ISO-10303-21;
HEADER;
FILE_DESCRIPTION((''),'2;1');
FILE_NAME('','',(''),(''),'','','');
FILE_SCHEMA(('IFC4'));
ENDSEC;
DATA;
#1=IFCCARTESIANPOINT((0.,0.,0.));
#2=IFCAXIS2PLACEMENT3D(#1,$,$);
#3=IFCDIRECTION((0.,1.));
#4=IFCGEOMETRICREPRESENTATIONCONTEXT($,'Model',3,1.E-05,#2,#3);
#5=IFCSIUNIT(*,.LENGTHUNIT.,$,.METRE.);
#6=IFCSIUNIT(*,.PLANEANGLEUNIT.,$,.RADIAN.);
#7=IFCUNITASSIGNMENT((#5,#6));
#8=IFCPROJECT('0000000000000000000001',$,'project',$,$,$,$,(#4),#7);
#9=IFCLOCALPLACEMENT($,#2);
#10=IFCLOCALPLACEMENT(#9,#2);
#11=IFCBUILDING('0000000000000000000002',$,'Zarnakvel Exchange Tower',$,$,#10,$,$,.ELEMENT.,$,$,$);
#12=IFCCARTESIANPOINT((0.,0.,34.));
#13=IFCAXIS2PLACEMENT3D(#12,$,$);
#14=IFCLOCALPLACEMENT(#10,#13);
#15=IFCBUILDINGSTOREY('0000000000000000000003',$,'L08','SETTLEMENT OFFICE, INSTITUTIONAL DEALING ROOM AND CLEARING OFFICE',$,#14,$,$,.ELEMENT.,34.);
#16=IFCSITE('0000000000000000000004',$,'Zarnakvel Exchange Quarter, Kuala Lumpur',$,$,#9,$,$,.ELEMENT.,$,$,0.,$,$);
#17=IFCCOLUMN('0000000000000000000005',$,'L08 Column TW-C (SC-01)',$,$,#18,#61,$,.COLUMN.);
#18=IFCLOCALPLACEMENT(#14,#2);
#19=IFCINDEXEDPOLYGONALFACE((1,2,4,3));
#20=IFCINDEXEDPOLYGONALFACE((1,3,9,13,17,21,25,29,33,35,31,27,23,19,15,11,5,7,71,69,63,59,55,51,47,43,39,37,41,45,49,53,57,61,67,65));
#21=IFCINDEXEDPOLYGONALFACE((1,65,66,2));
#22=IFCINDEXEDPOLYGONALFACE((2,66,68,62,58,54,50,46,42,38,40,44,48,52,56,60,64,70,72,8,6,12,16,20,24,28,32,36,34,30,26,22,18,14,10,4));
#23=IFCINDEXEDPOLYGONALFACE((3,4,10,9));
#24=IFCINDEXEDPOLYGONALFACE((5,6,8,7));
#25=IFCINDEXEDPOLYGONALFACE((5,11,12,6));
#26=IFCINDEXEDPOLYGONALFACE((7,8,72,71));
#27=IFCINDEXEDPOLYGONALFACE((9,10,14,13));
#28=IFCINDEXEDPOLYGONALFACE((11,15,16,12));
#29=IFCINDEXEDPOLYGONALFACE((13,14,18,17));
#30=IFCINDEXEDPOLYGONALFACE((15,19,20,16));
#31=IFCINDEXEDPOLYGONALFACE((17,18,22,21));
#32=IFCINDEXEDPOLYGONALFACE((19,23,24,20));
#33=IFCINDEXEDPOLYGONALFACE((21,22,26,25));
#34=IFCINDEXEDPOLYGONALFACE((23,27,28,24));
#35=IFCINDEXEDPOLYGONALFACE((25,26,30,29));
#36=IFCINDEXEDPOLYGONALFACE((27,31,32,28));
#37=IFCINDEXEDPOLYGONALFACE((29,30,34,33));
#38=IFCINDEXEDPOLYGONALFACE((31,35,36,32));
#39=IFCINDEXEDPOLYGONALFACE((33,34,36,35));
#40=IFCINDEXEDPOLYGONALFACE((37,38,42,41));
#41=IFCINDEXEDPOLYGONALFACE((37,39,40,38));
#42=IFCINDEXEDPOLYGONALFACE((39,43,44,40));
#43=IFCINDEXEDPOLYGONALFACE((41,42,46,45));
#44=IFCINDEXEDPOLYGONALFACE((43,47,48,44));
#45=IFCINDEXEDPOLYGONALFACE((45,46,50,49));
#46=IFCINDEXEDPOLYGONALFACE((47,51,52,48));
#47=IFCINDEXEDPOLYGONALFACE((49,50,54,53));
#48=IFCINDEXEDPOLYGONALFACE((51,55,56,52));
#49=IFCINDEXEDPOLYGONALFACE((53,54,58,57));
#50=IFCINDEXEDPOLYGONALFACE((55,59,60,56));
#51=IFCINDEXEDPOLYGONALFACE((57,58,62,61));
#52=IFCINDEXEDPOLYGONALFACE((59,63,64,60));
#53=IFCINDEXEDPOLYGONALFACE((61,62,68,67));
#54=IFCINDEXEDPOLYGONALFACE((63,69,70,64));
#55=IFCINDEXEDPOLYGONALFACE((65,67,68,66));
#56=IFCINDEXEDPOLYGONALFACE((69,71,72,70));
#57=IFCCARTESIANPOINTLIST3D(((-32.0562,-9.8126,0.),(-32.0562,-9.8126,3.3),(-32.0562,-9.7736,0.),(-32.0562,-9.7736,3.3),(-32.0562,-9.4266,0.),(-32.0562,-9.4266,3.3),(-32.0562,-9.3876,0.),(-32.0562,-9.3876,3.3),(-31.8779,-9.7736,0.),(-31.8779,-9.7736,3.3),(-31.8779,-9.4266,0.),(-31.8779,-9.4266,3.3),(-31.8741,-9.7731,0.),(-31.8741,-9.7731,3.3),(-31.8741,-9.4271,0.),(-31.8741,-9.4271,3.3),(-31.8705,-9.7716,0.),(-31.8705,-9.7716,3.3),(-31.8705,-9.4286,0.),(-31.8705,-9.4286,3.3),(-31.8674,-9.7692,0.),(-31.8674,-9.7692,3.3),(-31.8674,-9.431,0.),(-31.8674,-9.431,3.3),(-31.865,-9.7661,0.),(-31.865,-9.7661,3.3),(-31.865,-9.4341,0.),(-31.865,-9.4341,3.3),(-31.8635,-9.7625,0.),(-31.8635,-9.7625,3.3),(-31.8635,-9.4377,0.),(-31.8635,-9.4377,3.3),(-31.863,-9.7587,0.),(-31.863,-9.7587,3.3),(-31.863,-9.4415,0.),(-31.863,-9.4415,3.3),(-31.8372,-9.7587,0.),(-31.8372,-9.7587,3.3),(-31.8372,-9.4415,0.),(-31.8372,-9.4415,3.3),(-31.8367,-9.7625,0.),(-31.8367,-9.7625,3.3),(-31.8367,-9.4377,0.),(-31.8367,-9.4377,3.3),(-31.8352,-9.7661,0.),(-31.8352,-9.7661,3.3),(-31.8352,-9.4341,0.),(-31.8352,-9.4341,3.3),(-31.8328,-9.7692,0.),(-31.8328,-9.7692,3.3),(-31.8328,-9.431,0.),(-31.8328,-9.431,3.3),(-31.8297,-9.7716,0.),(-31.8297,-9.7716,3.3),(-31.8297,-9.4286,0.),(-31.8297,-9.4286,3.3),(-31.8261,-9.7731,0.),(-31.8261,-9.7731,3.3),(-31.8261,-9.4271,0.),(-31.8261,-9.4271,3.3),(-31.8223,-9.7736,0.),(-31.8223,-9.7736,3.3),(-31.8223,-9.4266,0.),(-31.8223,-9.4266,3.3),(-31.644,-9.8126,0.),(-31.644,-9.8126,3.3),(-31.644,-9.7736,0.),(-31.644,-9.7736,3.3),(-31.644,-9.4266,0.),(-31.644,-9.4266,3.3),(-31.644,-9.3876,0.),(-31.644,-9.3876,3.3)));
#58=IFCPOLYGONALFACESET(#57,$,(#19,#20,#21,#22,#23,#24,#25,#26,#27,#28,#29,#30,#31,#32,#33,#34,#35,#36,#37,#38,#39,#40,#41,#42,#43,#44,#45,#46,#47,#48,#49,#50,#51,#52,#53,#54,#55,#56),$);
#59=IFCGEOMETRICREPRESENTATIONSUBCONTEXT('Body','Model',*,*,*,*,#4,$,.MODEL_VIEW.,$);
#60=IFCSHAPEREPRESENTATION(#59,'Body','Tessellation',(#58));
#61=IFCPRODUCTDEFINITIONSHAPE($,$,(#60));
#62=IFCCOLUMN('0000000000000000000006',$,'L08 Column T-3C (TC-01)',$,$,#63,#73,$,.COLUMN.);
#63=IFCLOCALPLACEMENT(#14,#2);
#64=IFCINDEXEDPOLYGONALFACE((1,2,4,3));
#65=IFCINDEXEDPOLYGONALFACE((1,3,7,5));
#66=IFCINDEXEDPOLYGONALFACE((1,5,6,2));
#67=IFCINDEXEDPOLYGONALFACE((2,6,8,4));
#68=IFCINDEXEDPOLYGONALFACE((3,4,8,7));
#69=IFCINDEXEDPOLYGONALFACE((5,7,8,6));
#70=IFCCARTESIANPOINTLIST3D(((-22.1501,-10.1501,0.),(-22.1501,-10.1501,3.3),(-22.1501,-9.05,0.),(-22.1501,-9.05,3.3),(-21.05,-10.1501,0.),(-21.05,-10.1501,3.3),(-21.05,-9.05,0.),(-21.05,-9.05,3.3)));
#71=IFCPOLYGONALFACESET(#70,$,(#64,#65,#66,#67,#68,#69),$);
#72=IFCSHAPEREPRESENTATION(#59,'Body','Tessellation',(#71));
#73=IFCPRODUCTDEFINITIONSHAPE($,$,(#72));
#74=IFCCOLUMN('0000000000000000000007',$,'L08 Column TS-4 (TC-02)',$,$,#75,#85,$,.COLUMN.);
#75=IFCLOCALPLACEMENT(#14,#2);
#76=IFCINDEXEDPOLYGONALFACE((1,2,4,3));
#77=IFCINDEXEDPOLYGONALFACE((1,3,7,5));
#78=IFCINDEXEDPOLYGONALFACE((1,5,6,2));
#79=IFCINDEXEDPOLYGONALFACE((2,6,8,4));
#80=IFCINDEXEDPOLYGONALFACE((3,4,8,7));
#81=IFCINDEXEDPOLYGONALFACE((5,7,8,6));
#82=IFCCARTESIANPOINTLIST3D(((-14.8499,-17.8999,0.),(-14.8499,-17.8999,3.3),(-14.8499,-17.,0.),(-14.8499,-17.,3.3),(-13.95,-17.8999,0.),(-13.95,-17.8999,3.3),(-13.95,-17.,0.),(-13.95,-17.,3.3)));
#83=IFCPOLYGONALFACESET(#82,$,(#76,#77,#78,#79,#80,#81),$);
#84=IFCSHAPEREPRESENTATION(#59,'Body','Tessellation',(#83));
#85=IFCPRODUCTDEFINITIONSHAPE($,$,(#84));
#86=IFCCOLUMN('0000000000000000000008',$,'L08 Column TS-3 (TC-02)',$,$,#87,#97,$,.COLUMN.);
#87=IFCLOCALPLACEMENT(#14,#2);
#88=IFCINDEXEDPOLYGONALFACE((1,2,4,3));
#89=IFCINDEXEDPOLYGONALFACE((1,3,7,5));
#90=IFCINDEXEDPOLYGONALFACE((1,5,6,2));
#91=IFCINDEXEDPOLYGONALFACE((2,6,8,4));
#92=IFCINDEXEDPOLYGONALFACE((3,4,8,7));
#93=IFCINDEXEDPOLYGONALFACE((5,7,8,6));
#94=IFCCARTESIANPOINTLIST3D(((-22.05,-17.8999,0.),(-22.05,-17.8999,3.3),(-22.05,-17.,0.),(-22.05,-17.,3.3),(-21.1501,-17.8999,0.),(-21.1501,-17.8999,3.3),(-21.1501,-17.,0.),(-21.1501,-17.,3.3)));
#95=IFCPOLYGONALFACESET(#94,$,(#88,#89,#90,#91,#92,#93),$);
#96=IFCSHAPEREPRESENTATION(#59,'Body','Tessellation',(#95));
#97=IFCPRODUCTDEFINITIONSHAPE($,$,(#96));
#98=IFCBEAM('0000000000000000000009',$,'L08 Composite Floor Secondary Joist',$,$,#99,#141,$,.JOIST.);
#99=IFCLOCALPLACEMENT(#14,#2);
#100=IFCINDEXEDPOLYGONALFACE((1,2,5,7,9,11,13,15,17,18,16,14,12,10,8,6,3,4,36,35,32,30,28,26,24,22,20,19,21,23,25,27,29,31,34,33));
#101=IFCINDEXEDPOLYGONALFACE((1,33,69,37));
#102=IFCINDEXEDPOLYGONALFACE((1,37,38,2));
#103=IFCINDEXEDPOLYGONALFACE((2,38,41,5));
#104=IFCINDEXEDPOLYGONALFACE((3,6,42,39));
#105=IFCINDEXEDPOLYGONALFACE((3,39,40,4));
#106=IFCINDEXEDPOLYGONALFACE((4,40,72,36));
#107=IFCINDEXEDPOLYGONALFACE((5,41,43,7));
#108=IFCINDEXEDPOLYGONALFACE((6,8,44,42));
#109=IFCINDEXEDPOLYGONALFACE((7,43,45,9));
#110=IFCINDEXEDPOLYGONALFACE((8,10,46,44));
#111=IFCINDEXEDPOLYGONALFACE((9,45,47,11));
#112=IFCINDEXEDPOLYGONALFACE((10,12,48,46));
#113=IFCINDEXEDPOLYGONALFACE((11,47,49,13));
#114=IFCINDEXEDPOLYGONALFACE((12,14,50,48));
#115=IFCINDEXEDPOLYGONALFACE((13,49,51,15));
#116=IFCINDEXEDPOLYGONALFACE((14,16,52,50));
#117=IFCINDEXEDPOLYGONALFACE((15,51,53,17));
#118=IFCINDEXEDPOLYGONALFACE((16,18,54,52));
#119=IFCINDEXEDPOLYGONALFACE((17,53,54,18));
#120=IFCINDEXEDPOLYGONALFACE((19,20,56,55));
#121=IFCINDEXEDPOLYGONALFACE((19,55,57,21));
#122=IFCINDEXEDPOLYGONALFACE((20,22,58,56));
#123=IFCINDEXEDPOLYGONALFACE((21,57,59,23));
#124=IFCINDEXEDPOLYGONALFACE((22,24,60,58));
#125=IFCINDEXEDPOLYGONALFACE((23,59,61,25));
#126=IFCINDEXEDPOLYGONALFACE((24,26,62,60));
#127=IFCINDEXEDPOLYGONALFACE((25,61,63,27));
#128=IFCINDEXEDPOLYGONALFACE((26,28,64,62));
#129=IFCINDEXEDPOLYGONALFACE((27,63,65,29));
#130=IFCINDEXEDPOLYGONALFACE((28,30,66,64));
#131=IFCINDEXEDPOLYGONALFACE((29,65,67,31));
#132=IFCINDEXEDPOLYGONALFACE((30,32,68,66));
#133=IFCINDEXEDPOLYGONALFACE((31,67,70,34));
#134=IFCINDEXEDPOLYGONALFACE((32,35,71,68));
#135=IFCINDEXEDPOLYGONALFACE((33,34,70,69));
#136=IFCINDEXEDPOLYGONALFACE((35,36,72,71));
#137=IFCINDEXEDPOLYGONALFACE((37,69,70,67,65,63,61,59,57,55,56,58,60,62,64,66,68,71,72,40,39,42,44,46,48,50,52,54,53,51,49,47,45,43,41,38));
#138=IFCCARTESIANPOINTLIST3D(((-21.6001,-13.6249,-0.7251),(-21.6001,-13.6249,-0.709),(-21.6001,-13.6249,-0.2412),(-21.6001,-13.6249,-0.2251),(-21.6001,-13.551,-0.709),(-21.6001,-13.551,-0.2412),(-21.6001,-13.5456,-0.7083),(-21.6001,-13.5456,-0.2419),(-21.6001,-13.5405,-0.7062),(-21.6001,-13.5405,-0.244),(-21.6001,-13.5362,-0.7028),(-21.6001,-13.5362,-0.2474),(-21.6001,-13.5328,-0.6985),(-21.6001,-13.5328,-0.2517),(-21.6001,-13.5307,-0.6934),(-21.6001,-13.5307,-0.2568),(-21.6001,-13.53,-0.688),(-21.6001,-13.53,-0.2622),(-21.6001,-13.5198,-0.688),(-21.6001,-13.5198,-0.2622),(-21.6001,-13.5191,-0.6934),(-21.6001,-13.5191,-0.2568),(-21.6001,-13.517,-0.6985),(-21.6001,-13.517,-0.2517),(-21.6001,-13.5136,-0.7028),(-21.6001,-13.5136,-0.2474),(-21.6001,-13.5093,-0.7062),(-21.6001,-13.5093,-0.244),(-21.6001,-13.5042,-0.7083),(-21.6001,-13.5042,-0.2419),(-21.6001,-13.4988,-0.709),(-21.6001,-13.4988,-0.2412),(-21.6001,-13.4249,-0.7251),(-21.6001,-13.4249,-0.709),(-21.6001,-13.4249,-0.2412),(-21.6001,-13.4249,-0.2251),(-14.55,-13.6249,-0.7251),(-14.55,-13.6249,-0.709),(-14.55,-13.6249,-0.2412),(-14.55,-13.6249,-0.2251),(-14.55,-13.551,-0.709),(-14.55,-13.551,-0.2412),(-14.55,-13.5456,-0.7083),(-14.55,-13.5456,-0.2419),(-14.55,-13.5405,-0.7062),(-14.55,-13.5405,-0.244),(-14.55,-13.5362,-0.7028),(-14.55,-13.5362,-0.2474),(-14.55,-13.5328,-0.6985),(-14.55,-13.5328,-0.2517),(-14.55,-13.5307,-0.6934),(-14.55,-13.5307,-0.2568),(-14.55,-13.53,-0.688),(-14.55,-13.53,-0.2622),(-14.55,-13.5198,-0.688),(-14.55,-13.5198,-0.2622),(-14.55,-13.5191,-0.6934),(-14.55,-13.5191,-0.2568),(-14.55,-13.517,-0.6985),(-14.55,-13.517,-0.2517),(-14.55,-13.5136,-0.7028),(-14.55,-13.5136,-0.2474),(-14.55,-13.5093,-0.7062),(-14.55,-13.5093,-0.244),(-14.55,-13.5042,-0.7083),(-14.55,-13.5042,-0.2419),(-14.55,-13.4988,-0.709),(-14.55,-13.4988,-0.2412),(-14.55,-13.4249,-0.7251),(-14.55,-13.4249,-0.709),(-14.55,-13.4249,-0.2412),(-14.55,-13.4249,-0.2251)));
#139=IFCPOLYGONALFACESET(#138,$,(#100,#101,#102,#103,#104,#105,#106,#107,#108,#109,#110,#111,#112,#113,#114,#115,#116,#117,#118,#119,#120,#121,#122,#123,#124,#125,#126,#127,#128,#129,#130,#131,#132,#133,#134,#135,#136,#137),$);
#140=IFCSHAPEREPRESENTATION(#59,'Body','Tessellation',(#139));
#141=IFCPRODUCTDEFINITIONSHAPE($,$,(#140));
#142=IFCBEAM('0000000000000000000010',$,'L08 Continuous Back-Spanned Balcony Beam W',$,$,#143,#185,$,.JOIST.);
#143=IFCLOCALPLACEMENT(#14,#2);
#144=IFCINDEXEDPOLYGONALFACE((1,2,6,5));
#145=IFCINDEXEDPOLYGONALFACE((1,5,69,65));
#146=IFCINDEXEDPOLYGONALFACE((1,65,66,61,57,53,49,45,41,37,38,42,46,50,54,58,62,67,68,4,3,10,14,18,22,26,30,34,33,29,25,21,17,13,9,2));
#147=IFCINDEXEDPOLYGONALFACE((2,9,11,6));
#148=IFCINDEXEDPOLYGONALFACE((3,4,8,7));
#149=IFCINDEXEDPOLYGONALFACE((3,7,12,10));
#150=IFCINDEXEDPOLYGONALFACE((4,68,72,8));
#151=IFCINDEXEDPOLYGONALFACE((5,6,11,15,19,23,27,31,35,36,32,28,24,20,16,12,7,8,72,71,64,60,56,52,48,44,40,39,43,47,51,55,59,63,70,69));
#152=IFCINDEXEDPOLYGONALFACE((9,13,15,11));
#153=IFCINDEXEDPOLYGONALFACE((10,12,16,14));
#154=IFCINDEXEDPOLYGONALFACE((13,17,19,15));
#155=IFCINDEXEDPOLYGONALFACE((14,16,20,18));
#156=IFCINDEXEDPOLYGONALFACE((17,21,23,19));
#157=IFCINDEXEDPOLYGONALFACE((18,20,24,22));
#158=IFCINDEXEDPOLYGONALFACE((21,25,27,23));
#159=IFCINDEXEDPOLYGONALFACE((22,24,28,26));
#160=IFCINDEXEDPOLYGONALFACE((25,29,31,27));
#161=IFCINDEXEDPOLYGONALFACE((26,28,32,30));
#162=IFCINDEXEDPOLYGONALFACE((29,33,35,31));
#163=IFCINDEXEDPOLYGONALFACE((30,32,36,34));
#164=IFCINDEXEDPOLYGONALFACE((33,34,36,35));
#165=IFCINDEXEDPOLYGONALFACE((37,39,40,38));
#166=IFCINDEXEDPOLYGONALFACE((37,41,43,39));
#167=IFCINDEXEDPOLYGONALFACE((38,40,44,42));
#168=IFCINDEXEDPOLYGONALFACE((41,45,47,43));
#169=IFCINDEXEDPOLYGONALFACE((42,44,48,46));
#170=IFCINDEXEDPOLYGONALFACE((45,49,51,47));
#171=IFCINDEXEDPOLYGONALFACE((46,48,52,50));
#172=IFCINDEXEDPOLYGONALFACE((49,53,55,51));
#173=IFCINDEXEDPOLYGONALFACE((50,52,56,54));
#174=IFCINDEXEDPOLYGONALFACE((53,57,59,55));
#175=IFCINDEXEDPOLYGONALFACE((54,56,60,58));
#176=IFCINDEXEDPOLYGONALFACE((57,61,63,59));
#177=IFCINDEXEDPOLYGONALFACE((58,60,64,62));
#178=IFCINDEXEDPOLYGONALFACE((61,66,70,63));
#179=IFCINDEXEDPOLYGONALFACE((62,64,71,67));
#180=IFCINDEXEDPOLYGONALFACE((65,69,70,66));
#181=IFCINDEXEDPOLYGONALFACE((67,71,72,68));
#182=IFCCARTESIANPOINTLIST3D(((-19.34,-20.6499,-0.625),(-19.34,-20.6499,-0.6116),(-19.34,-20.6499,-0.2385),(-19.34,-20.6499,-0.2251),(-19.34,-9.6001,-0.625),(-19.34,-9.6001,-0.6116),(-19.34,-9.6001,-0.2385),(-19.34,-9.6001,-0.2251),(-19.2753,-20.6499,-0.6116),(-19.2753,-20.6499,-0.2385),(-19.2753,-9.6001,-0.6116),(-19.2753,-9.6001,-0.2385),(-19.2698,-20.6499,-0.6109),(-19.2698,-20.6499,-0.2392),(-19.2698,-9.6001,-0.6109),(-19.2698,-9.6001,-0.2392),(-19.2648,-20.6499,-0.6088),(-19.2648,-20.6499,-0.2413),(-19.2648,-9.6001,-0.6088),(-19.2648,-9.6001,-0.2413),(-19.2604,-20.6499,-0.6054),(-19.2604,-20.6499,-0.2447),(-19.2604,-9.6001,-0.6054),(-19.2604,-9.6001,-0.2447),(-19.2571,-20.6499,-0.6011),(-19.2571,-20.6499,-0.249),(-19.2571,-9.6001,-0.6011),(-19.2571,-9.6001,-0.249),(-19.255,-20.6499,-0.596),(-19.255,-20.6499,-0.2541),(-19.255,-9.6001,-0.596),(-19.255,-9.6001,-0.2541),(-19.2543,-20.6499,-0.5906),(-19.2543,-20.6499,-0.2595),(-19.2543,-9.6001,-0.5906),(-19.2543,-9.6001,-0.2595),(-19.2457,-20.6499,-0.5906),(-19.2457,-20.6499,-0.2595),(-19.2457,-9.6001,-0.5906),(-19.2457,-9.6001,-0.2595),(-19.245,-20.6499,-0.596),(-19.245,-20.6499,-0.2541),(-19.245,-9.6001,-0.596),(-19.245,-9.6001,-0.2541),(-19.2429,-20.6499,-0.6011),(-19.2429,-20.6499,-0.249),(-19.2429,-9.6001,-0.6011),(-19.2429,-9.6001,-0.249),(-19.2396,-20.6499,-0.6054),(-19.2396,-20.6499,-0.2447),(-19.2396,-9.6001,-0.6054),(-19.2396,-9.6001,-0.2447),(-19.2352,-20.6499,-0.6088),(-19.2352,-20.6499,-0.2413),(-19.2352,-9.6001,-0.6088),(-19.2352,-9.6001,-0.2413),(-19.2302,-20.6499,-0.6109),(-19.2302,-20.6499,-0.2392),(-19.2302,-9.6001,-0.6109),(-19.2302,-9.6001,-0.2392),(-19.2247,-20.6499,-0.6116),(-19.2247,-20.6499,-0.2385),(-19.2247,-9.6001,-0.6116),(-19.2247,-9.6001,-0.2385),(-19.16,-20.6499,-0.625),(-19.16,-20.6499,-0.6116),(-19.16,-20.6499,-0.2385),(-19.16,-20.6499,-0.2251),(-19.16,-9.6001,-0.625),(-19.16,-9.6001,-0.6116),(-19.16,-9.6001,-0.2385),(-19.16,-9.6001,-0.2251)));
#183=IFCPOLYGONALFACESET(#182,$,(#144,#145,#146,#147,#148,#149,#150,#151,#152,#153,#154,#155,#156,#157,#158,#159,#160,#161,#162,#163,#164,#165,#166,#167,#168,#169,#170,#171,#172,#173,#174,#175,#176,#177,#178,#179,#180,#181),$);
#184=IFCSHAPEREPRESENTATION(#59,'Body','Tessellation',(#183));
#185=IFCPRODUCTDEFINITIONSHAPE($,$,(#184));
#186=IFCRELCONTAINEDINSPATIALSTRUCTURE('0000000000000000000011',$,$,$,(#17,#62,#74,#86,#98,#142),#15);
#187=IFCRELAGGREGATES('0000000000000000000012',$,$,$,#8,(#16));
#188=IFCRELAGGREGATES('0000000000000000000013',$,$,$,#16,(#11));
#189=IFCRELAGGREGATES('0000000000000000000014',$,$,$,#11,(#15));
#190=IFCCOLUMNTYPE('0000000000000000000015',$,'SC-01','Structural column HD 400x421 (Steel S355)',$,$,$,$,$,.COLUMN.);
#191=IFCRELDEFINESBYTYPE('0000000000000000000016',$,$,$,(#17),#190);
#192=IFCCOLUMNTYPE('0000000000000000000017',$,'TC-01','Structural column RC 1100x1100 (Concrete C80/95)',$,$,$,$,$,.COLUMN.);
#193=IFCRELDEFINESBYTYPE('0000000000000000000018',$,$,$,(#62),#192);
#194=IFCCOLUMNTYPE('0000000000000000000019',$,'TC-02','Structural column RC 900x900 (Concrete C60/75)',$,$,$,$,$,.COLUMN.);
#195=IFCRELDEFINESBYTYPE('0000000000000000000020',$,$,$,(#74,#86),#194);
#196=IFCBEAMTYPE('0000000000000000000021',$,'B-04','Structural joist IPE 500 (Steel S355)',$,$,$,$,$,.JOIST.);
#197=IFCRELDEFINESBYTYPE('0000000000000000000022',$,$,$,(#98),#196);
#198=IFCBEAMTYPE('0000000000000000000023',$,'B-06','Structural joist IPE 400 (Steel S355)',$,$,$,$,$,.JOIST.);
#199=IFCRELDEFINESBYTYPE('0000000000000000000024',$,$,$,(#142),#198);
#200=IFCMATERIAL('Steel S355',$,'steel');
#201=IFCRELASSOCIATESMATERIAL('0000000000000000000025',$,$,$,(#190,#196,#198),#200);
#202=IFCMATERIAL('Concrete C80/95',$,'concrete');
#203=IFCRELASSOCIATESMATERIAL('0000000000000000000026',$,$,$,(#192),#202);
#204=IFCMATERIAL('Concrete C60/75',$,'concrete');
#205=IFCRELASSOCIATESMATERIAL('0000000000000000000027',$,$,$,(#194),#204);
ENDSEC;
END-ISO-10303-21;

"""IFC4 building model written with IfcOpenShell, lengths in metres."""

from ifc_helpers import new_model, si_unit, direction, frame, origin, origin_2d, place, context, subcontext, project, spatial, rectangle, i_section, extrude, material, material_profile, profile_set, type_object, element, save


model = new_model("IFC4")

# Units and contexts
model_context = context("Model", 3, precision=1e-05, world=origin(), true_north=direction((0.0, 1.0)))
body_context = subcontext(model_context, "Body", "Model", "MODEL_VIEW")
ifc_project = project(units=[si_unit("LENGTHUNIT", "METRE"), si_unit("PLANEANGLEUNIT", "RADIAN")], contexts=[model_context])

# Site, building, storey
site_placement = place(None, origin())
site = spatial("IfcSite", under=ifc_project, at=site_placement, Name="Zarnakvel Exchange Quarter, Kuala Lumpur", CompositionType="ELEMENT", RefElevation=0.0)
building_placement = place(site_placement, origin())
building = spatial("IfcBuilding", under=site, at=building_placement, Name="Zarnakvel Exchange Tower", CompositionType="ELEMENT")
storey_placement = place(building_placement, frame((0.0, 0.0, 34.0)))
storey = spatial("IfcBuildingStorey", under=building, at=storey_placement, Name="L08", Description="SETTLEMENT OFFICE, INSTITUTIONAL DEALING ROOM AND CLEARING OFFICE", CompositionType="ELEMENT", Elevation=34.0)

# Columns
ifc_material_1 = material(Name="Steel S355", Category="steel")
ifc_material_profile_1 = material_profile(ifc_material_1, i_section(OverallWidth=0.4121, OverallDepth=0.425, WebThickness=0.0259, FlangeThickness=0.0391, FilletRadius=0.0149, at=origin_2d()))
ifc_profile_set_1 = profile_set([ifc_material_profile_1], Name="Steel S355")
column_type_1 = type_object("IfcColumnType", Name="SC-01", Description="Structural column HD 400x421 (Steel S355)", PredefinedType="COLUMN", material=ifc_profile_set_1)
column_1_placement = place(storey_placement, frame((-31.8501, -9.6001, 0.0), z_axis=(0.0, 0.0, 1.0), x_axis=(1.0, 0.0, 0.0)))
element("IfcColumn", 1, at=column_1_placement, inside=storey, type_object=column_type_1, Name="L08 Column TW-C (SC-01)", PredefinedType="COLUMN", context=body_context, shape_type="SweptSolid", body=[
    extrude(i_section(OverallWidth=0.4121, OverallDepth=0.425, WebThickness=0.0259, FlangeThickness=0.0391, FilletRadius=0.0149, at=origin_2d()), origin(), (0.0, 0.0, 1.0), 3.3),
])
ifc_material_2 = material(Name="Concrete C80/95", Category="concrete")
ifc_material_profile_2 = material_profile(ifc_material_2, rectangle(XDim=1.1001, YDim=1.1001, at=origin_2d()))
ifc_profile_set_2 = profile_set([ifc_material_profile_2], Name="Concrete C80/95")
column_type_2 = type_object("IfcColumnType", Name="TC-01", Description="Structural column RC 1100x1100 (Concrete C80/95)", PredefinedType="COLUMN", material=ifc_profile_set_2)
column_2_placement = place(storey_placement, frame((-21.6001, -9.6001, 0.0), z_axis=(0.0, 0.0, 1.0), x_axis=(1.0, 0.0, 0.0)))
element("IfcColumn", 2, at=column_2_placement, inside=storey, type_object=column_type_2, Name="L08 Column T-3C (TC-01)", PredefinedType="COLUMN", context=body_context, shape_type="SweptSolid", body=[
    extrude(rectangle(XDim=1.1001, YDim=1.1001, at=origin_2d()), origin(), (0.0, 0.0, 1.0), 3.3),
])
ifc_material_3 = material(Name="Concrete C60/75", Category="concrete")
ifc_material_profile_3 = material_profile(ifc_material_3, rectangle(XDim=0.8999, YDim=0.8999, at=origin_2d()))
ifc_profile_set_3 = profile_set([ifc_material_profile_3], Name="Concrete C60/75")
column_type_3 = type_object("IfcColumnType", Name="TC-02", Description="Structural column RC 900x900 (Concrete C60/75)", PredefinedType="COLUMN", material=ifc_profile_set_3)
for number, where, z_axis, x_axis, name in (
    (3, (-14.3999, -17.45, 0.0), (0.0, 0.0, 1.0), (1.0, 0.0, 0.0), "L08 Column TS-4 (TC-02)"),
    (4, (-21.6001, -17.45, 0.0), (0.0, 0.0, 1.0), (1.0, 0.0, 0.0), "L08 Column TS-3 (TC-02)"),
):
    element("IfcColumn", number, at=place(storey_placement, frame(where, z_axis=z_axis, x_axis=x_axis)), inside=storey, type_object=column_type_3, Name=name, PredefinedType="COLUMN", context=body_context, shape_type="SweptSolid", body=[
        extrude(rectangle(XDim=0.8999, YDim=0.8999, at=origin_2d()), origin(), (0.0, 0.0, 1.0), 3.3),
    ])

# Beams
ifc_material_profile_4 = material_profile(ifc_material_1, i_section(OverallWidth=0.2, OverallDepth=0.5, WebThickness=0.0103, FlangeThickness=0.0161, FilletRadius=0.021, at=origin_2d()))
ifc_profile_set_4 = profile_set([ifc_material_profile_4], Name="Steel S355")
beam_type_1 = type_object("IfcBeamType", Name="B-04", Description="Structural joist IPE 500 (Steel S355)", PredefinedType="JOIST", material=ifc_profile_set_4)
beam_1_placement = place(storey_placement, frame((-21.6001, -13.5249, -0.4751), z_axis=(1.0, 0.0, 0.0), x_axis=(0.0, 1.0, 0.0)))
element("IfcBeam", 5, at=beam_1_placement, inside=storey, type_object=beam_type_1, Name="L08 Composite Floor Secondary Joist", PredefinedType="JOIST", context=body_context, shape_type="SweptSolid", body=[
    extrude(i_section(OverallWidth=0.2, OverallDepth=0.5, WebThickness=0.0103, FlangeThickness=0.0161, FilletRadius=0.021, at=origin_2d()), origin(), (0.0, 0.0, 1.0), 7.05),
])
ifc_material_profile_5 = material_profile(ifc_material_1, i_section(OverallWidth=0.1799, OverallDepth=0.3999, WebThickness=0.0085, FlangeThickness=0.0134, FilletRadius=0.021, at=origin_2d()))
ifc_profile_set_5 = profile_set([ifc_material_profile_5], Name="Steel S355")
beam_type_2 = type_object("IfcBeamType", Name="B-06", Description="Structural joist IPE 400 (Steel S355)", PredefinedType="JOIST", material=ifc_profile_set_5)
beam_2_placement = place(storey_placement, frame((-19.25, -9.6001, -0.425), z_axis=(0.0, -1.0, 0.0), x_axis=(1.0, 0.0, 0.0)))
element("IfcBeam", 6, at=beam_2_placement, inside=storey, type_object=beam_type_2, Name="L08 Continuous Back-Spanned Balcony Beam W", PredefinedType="JOIST", context=body_context, shape_type="SweptSolid", body=[
    extrude(i_section(OverallWidth=0.1799, OverallDepth=0.3999, WebThickness=0.0085, FlangeThickness=0.0134, FilletRadius=0.021, at=origin_2d()), origin(), (0.0, 0.0, 1.0), 11.0498),
])

save(model, "model.ifc")
